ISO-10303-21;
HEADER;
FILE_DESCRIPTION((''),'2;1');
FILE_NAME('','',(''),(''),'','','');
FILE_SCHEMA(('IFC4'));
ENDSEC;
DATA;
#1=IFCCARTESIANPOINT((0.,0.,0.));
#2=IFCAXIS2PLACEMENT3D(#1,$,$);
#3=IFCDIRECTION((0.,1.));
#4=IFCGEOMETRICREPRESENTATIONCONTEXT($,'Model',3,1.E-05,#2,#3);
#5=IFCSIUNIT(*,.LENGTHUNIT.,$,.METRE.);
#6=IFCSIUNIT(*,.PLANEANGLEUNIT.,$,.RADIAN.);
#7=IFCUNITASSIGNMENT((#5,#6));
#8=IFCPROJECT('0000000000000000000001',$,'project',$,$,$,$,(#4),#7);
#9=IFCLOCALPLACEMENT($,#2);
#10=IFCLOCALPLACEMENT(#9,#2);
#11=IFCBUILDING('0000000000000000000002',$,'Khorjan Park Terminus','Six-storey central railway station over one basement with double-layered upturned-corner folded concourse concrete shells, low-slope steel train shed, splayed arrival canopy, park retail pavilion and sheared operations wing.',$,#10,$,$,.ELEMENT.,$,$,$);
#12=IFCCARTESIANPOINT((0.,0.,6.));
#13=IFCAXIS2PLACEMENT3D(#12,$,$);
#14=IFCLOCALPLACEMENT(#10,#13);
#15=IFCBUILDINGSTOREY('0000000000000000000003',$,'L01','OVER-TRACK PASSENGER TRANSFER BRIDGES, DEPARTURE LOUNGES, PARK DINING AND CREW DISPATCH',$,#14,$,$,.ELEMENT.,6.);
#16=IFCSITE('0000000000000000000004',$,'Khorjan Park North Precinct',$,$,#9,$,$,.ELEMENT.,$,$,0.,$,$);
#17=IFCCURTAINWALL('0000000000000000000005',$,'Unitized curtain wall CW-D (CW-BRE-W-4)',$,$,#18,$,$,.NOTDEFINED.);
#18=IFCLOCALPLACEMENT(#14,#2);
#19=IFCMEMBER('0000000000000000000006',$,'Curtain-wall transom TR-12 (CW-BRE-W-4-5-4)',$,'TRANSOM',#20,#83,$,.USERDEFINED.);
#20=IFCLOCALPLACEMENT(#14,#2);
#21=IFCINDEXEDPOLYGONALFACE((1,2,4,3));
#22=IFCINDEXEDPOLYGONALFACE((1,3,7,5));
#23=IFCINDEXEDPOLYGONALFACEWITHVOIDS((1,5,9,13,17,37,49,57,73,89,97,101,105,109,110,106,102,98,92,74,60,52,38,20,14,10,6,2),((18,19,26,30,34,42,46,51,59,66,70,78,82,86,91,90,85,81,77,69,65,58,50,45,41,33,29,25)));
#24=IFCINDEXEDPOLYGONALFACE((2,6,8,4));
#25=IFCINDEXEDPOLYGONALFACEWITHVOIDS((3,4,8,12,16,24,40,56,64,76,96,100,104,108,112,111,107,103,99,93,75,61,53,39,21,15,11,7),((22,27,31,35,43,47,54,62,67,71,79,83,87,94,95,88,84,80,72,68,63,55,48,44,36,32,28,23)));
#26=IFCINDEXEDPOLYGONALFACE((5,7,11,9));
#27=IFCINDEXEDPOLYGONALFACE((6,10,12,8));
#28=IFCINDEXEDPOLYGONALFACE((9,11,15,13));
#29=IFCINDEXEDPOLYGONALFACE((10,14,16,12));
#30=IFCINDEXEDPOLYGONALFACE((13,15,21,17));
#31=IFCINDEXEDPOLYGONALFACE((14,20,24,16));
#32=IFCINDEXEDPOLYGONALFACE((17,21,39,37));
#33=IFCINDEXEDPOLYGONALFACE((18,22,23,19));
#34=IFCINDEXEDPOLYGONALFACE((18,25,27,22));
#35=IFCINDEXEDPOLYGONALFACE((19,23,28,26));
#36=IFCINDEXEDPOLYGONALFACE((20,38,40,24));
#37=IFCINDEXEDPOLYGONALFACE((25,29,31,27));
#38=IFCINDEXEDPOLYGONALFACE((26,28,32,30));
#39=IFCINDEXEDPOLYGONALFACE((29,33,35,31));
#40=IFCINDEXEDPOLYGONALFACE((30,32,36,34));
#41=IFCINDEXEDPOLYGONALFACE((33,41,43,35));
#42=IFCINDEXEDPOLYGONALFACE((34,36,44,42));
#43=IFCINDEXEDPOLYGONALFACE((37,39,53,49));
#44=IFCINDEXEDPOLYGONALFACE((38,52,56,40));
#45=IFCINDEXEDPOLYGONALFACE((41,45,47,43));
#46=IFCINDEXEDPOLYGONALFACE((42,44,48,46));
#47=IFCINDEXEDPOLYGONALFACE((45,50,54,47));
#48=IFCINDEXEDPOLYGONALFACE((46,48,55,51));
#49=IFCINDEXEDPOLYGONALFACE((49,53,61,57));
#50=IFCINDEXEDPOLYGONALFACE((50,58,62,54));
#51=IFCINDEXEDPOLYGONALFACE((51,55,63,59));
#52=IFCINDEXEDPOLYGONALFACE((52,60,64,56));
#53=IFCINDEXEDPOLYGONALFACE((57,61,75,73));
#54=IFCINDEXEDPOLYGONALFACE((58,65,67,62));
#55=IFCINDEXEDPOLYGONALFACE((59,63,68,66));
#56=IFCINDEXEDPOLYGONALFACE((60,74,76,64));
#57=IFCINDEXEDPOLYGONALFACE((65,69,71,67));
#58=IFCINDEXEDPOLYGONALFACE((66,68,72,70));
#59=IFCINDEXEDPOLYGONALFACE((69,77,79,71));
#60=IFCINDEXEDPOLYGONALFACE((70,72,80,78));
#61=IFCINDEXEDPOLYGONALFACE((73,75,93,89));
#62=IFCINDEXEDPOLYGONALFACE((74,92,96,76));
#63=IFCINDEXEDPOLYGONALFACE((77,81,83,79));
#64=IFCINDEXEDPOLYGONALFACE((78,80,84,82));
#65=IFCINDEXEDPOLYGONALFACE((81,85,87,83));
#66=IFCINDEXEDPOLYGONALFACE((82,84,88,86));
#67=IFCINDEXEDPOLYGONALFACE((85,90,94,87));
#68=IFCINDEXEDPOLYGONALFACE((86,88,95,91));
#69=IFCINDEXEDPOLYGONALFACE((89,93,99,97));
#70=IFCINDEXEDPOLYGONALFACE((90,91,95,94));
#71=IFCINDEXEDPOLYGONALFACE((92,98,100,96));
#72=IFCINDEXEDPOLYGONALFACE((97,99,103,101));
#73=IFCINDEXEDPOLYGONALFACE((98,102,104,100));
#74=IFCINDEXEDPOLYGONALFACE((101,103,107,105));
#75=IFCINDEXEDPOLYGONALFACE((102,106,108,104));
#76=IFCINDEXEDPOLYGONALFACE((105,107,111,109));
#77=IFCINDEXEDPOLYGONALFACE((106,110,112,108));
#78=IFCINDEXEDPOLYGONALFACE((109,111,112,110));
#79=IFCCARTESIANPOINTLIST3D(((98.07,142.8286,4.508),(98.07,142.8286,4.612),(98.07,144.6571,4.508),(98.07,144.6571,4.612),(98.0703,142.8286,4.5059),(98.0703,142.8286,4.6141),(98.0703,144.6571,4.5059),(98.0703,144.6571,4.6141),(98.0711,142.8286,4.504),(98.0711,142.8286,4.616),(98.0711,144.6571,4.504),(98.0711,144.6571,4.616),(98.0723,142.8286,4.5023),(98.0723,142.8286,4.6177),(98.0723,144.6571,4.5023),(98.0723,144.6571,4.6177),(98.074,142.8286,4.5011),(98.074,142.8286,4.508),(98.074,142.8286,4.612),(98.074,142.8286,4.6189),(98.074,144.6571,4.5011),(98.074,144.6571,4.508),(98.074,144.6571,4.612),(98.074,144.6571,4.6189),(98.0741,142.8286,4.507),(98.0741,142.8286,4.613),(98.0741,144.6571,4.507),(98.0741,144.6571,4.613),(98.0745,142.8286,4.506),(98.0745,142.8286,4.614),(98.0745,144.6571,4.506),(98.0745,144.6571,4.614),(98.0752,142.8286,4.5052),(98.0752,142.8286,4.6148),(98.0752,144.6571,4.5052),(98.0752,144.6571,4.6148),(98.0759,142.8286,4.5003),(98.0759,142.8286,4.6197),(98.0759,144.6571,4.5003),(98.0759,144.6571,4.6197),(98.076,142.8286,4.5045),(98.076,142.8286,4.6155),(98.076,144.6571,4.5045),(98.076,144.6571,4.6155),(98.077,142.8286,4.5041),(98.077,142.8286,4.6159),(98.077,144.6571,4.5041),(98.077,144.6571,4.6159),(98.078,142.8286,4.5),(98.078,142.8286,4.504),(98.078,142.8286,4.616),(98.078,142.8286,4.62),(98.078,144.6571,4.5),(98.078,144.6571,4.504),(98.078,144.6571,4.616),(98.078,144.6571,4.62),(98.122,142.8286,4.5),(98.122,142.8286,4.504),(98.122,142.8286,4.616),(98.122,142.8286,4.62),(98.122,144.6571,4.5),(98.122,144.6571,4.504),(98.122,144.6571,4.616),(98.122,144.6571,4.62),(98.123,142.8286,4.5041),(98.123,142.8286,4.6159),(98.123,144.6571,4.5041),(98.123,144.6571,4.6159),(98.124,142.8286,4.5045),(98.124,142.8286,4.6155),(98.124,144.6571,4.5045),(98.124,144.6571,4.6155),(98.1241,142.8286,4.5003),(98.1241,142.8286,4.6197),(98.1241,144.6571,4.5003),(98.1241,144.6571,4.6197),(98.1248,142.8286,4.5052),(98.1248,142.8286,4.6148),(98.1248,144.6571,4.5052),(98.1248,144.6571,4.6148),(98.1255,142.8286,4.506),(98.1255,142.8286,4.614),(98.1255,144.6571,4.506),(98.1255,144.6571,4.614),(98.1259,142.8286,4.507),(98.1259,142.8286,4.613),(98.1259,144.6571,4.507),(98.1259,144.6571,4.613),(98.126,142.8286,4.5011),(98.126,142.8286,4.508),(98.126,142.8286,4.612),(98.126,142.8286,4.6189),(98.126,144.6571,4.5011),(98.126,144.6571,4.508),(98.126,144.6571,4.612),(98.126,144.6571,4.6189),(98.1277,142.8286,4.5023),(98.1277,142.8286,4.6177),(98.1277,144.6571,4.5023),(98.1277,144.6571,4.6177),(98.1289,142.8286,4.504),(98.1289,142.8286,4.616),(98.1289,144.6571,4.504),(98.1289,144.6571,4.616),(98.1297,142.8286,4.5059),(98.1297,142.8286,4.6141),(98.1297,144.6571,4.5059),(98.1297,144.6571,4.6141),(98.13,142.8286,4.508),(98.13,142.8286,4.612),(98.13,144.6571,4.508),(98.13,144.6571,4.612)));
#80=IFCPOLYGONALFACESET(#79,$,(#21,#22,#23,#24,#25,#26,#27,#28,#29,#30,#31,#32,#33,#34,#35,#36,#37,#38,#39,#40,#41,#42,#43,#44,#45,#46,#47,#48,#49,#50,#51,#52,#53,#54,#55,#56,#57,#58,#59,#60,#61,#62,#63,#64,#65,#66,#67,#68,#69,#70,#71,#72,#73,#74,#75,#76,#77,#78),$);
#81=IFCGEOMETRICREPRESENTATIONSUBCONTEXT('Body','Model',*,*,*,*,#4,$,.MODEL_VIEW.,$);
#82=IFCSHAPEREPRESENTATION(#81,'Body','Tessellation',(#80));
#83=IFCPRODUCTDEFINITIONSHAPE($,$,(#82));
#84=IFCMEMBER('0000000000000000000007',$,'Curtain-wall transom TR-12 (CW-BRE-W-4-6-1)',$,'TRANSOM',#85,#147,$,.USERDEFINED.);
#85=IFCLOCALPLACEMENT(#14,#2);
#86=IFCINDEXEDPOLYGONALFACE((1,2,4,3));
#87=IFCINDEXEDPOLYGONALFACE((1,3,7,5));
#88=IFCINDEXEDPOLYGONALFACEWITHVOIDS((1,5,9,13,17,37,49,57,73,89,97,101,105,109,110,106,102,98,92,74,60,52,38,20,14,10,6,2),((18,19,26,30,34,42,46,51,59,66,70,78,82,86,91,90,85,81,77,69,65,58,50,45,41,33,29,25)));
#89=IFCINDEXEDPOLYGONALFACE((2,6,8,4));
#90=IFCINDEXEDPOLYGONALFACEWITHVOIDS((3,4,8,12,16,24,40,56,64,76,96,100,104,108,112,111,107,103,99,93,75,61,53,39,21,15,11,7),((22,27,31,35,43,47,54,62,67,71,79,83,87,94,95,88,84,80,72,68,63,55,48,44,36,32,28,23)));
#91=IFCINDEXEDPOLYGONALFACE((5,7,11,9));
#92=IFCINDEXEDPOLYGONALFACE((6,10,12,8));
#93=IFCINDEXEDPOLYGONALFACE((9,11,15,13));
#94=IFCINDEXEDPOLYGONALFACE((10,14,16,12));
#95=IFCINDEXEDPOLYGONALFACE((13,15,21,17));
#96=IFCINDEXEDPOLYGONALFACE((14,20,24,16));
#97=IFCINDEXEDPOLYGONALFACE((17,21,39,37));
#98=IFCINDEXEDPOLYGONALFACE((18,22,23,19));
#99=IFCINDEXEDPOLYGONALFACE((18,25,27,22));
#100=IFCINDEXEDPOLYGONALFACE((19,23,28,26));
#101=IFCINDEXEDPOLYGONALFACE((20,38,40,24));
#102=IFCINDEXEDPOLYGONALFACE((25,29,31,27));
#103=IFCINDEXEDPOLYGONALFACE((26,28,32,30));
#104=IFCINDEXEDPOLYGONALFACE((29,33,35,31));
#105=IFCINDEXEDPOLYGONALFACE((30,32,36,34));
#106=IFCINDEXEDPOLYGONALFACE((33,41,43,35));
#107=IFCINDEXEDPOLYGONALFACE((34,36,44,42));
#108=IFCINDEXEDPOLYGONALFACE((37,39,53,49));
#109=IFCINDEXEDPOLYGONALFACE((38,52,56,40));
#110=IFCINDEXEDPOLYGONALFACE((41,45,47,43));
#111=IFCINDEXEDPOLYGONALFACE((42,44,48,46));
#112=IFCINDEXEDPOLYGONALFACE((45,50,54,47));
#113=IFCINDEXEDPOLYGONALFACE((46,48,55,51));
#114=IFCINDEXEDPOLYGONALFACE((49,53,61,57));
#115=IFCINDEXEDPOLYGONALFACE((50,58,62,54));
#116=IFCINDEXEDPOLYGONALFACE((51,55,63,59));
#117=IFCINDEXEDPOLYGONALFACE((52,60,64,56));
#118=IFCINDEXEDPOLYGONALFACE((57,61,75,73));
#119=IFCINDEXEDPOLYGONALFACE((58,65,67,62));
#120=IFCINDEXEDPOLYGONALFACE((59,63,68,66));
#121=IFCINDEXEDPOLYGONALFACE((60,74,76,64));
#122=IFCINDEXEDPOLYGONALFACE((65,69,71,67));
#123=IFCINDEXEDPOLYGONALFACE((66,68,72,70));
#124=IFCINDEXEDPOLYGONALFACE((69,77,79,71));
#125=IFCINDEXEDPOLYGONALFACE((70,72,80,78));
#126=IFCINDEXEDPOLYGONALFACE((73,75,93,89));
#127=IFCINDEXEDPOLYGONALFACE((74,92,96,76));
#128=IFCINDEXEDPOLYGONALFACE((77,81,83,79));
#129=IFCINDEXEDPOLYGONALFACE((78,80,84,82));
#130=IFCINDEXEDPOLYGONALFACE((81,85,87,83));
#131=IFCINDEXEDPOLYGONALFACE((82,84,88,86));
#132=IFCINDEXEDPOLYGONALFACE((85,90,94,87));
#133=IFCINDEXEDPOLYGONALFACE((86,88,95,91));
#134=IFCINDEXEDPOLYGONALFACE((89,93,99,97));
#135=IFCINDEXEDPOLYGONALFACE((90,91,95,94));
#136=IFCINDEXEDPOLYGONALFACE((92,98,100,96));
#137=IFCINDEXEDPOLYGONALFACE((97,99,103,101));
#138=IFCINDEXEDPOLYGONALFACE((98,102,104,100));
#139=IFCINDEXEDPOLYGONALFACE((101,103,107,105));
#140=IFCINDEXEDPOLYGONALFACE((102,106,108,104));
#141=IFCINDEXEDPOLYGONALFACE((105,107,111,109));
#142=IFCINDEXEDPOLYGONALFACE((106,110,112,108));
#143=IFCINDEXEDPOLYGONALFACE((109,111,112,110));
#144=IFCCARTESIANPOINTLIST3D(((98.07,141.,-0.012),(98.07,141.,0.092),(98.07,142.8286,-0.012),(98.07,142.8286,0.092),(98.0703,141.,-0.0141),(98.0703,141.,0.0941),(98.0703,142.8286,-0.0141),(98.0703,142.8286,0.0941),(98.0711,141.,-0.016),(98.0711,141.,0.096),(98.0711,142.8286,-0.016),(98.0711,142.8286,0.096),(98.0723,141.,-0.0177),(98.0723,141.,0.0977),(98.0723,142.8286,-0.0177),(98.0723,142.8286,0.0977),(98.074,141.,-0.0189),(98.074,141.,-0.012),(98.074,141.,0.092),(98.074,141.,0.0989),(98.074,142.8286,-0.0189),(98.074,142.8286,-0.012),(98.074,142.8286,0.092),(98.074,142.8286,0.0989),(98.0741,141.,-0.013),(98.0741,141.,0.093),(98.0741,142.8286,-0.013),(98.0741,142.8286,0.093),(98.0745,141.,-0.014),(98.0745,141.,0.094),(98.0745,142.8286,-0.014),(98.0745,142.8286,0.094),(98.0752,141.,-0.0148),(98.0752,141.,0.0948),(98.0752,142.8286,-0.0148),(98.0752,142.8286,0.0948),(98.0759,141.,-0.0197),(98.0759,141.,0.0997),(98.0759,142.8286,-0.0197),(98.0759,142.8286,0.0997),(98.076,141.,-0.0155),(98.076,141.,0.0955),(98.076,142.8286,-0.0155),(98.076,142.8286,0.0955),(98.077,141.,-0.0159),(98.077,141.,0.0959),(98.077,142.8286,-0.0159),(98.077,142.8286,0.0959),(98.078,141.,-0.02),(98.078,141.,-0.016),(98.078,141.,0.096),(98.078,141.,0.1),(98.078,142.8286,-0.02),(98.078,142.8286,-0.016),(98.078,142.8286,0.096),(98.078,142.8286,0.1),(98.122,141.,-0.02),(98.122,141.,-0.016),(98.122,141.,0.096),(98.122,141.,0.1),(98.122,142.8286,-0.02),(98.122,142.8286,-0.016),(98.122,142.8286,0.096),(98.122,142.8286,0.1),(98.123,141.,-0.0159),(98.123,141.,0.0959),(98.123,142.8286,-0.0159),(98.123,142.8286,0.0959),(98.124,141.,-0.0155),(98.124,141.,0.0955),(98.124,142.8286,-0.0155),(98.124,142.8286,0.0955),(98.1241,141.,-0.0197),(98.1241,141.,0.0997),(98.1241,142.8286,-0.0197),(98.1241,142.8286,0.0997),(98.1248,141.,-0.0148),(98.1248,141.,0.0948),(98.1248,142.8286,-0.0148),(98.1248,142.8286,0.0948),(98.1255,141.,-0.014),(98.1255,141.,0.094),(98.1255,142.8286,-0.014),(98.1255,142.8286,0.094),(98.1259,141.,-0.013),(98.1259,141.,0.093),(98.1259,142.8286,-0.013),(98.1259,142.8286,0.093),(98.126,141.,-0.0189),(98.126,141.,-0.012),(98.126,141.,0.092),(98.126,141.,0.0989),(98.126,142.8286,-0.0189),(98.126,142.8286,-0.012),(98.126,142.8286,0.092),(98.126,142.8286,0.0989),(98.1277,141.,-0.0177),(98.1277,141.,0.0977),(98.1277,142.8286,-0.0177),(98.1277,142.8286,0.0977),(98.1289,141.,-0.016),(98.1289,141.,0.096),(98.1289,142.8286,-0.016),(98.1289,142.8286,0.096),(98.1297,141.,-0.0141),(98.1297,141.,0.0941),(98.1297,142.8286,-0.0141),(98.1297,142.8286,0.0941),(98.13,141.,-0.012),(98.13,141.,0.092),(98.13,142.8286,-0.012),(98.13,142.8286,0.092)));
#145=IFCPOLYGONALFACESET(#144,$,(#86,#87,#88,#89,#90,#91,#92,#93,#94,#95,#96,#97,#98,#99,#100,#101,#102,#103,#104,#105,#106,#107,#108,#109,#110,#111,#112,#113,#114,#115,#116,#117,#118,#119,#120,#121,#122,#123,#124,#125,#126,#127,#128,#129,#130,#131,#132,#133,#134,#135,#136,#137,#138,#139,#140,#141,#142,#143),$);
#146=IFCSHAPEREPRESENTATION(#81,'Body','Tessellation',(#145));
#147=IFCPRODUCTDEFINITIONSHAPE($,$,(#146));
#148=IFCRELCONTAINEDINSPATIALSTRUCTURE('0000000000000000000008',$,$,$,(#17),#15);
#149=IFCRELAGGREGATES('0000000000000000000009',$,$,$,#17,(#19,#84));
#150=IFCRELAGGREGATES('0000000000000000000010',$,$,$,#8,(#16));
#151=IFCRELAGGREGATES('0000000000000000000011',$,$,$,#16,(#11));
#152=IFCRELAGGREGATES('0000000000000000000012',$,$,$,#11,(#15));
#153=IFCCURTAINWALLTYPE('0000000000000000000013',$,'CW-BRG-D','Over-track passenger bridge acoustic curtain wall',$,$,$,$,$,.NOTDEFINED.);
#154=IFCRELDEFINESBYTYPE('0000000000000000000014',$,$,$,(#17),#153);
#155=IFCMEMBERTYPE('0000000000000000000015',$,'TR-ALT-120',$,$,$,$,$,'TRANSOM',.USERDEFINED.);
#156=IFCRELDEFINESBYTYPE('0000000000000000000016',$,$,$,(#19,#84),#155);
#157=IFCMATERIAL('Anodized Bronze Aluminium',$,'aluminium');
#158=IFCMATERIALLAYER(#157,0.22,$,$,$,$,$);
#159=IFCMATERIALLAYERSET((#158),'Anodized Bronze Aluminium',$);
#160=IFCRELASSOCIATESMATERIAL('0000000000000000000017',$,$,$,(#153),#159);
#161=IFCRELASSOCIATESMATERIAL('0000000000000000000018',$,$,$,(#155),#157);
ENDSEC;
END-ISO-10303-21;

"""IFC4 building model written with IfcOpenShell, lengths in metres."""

from ifc_helpers import new_model, si_unit, direction, frame, origin, origin_2d, place, context, subcontext, project, spatial, hollow_rectangle, extrude, material, layer, layer_set, material_profile, profile_set, type_object, element, aggregate, save


model = new_model("IFC4")

# Units and contexts
model_context = context("Model", 3, precision=1e-05, world=origin(), true_north=direction((0.0, 1.0)))
body_context = subcontext(model_context, "Body", "Model", "MODEL_VIEW")
ifc_project = project(units=[si_unit("LENGTHUNIT", "METRE"), si_unit("PLANEANGLEUNIT", "RADIAN")], contexts=[model_context])

# Site, building, storey
site_placement = place(None, origin())
site = spatial("IfcSite", under=ifc_project, at=site_placement, Name="Khorjan Park North Precinct", CompositionType="ELEMENT", RefElevation=0.0)
building_placement = place(site_placement, origin())
building = spatial("IfcBuilding", under=site, at=building_placement, Name="Khorjan Park Terminus", Description="Six-storey central railway station over one basement with double-layered upturned-corner folded concourse concrete shells, low-slope steel train shed, splayed arrival canopy, park retail pavilion and sheared operations wing.", CompositionType="ELEMENT")
storey_placement = place(building_placement, frame((0.0, 0.0, 6.0)))
storey = spatial("IfcBuildingStorey", under=building, at=storey_placement, Name="L01", Description="OVER-TRACK PASSENGER TRANSFER BRIDGES, DEPARTURE LOUNGES, PARK DINING AND CREW DISPATCH", CompositionType="ELEMENT", Elevation=6.0)

# Curtain wall, members
ifc_material_1 = material(Name="Anodized Bronze Aluminium", Category="aluminium")
ifc_layer_1 = layer(ifc_material_1, 0.22)
ifc_layer_set_1 = layer_set([ifc_layer_1], Name="Anodized Bronze Aluminium")
curtain_wall_type = type_object("IfcCurtainWallType", Name="CW-BRG-D", Description="Over-track passenger bridge acoustic curtain wall", PredefinedType="NOTDEFINED", material=ifc_layer_set_1)
curtain_wall_placement = place(storey_placement, origin())
curtain_wall = element("IfcCurtainWall", 1, at=curtain_wall_placement, inside=storey, type_object=curtain_wall_type, Name="Unitized curtain wall CW-D (CW-BRE-W-4)", PredefinedType="NOTDEFINED")
ifc_material_profile_1 = material_profile(ifc_material_1, hollow_rectangle(XDim=0.06, YDim=0.12, WallThickness=0.004, InnerFilletRadius=0.004, OuterFilletRadius=0.008, at=origin_2d()), Name="ALT 60x120x4")
ifc_profile_set_1 = profile_set([ifc_material_profile_1], Name="Anodized Bronze Aluminium")
member_type_1 = type_object("IfcMemberType", Name="TR-ALT-120", ElementType="TRANSOM", PredefinedType="USERDEFINED", material=ifc_profile_set_1)
member_1_placement = place(storey_placement, frame((98.1, 144.6571, 4.56), z_axis=(0.0, -1.0, 0.0), x_axis=(1.0, 0.0, 0.0)))
member_1 = element("IfcMember", 2, at=member_1_placement, type_object=member_type_1, Name="Curtain-wall transom TR-12 (CW-BRE-W-4-5-4)", ObjectType="TRANSOM", PredefinedType="USERDEFINED", context=body_context, shape_type="SweptSolid", body=[
    extrude(hollow_rectangle(XDim=0.06, YDim=0.12, WallThickness=0.004, InnerFilletRadius=0.004, OuterFilletRadius=0.008, at=origin_2d()), origin(), (0.0, 0.0, 1.0), 1.8285),
])
member_2_placement = place(storey_placement, frame((98.1, 142.8286, 0.04), z_axis=(0.0, -1.0, 0.0), x_axis=(1.0, 0.0, 0.0)))
member_2 = element("IfcMember", 3, at=member_2_placement, type_object=member_type_1, Name="Curtain-wall transom TR-12 (CW-BRE-W-4-6-1)", ObjectType="TRANSOM", PredefinedType="USERDEFINED", context=body_context, shape_type="SweptSolid", body=[
    extrude(hollow_rectangle(XDim=0.06, YDim=0.12, WallThickness=0.004, InnerFilletRadius=0.004, OuterFilletRadius=0.008, at=origin_2d()), origin(), (0.0, 0.0, 1.0), 1.8286),
])
aggregate(curtain_wall, [member_1, member_2])

save(model, "model.ifc")
